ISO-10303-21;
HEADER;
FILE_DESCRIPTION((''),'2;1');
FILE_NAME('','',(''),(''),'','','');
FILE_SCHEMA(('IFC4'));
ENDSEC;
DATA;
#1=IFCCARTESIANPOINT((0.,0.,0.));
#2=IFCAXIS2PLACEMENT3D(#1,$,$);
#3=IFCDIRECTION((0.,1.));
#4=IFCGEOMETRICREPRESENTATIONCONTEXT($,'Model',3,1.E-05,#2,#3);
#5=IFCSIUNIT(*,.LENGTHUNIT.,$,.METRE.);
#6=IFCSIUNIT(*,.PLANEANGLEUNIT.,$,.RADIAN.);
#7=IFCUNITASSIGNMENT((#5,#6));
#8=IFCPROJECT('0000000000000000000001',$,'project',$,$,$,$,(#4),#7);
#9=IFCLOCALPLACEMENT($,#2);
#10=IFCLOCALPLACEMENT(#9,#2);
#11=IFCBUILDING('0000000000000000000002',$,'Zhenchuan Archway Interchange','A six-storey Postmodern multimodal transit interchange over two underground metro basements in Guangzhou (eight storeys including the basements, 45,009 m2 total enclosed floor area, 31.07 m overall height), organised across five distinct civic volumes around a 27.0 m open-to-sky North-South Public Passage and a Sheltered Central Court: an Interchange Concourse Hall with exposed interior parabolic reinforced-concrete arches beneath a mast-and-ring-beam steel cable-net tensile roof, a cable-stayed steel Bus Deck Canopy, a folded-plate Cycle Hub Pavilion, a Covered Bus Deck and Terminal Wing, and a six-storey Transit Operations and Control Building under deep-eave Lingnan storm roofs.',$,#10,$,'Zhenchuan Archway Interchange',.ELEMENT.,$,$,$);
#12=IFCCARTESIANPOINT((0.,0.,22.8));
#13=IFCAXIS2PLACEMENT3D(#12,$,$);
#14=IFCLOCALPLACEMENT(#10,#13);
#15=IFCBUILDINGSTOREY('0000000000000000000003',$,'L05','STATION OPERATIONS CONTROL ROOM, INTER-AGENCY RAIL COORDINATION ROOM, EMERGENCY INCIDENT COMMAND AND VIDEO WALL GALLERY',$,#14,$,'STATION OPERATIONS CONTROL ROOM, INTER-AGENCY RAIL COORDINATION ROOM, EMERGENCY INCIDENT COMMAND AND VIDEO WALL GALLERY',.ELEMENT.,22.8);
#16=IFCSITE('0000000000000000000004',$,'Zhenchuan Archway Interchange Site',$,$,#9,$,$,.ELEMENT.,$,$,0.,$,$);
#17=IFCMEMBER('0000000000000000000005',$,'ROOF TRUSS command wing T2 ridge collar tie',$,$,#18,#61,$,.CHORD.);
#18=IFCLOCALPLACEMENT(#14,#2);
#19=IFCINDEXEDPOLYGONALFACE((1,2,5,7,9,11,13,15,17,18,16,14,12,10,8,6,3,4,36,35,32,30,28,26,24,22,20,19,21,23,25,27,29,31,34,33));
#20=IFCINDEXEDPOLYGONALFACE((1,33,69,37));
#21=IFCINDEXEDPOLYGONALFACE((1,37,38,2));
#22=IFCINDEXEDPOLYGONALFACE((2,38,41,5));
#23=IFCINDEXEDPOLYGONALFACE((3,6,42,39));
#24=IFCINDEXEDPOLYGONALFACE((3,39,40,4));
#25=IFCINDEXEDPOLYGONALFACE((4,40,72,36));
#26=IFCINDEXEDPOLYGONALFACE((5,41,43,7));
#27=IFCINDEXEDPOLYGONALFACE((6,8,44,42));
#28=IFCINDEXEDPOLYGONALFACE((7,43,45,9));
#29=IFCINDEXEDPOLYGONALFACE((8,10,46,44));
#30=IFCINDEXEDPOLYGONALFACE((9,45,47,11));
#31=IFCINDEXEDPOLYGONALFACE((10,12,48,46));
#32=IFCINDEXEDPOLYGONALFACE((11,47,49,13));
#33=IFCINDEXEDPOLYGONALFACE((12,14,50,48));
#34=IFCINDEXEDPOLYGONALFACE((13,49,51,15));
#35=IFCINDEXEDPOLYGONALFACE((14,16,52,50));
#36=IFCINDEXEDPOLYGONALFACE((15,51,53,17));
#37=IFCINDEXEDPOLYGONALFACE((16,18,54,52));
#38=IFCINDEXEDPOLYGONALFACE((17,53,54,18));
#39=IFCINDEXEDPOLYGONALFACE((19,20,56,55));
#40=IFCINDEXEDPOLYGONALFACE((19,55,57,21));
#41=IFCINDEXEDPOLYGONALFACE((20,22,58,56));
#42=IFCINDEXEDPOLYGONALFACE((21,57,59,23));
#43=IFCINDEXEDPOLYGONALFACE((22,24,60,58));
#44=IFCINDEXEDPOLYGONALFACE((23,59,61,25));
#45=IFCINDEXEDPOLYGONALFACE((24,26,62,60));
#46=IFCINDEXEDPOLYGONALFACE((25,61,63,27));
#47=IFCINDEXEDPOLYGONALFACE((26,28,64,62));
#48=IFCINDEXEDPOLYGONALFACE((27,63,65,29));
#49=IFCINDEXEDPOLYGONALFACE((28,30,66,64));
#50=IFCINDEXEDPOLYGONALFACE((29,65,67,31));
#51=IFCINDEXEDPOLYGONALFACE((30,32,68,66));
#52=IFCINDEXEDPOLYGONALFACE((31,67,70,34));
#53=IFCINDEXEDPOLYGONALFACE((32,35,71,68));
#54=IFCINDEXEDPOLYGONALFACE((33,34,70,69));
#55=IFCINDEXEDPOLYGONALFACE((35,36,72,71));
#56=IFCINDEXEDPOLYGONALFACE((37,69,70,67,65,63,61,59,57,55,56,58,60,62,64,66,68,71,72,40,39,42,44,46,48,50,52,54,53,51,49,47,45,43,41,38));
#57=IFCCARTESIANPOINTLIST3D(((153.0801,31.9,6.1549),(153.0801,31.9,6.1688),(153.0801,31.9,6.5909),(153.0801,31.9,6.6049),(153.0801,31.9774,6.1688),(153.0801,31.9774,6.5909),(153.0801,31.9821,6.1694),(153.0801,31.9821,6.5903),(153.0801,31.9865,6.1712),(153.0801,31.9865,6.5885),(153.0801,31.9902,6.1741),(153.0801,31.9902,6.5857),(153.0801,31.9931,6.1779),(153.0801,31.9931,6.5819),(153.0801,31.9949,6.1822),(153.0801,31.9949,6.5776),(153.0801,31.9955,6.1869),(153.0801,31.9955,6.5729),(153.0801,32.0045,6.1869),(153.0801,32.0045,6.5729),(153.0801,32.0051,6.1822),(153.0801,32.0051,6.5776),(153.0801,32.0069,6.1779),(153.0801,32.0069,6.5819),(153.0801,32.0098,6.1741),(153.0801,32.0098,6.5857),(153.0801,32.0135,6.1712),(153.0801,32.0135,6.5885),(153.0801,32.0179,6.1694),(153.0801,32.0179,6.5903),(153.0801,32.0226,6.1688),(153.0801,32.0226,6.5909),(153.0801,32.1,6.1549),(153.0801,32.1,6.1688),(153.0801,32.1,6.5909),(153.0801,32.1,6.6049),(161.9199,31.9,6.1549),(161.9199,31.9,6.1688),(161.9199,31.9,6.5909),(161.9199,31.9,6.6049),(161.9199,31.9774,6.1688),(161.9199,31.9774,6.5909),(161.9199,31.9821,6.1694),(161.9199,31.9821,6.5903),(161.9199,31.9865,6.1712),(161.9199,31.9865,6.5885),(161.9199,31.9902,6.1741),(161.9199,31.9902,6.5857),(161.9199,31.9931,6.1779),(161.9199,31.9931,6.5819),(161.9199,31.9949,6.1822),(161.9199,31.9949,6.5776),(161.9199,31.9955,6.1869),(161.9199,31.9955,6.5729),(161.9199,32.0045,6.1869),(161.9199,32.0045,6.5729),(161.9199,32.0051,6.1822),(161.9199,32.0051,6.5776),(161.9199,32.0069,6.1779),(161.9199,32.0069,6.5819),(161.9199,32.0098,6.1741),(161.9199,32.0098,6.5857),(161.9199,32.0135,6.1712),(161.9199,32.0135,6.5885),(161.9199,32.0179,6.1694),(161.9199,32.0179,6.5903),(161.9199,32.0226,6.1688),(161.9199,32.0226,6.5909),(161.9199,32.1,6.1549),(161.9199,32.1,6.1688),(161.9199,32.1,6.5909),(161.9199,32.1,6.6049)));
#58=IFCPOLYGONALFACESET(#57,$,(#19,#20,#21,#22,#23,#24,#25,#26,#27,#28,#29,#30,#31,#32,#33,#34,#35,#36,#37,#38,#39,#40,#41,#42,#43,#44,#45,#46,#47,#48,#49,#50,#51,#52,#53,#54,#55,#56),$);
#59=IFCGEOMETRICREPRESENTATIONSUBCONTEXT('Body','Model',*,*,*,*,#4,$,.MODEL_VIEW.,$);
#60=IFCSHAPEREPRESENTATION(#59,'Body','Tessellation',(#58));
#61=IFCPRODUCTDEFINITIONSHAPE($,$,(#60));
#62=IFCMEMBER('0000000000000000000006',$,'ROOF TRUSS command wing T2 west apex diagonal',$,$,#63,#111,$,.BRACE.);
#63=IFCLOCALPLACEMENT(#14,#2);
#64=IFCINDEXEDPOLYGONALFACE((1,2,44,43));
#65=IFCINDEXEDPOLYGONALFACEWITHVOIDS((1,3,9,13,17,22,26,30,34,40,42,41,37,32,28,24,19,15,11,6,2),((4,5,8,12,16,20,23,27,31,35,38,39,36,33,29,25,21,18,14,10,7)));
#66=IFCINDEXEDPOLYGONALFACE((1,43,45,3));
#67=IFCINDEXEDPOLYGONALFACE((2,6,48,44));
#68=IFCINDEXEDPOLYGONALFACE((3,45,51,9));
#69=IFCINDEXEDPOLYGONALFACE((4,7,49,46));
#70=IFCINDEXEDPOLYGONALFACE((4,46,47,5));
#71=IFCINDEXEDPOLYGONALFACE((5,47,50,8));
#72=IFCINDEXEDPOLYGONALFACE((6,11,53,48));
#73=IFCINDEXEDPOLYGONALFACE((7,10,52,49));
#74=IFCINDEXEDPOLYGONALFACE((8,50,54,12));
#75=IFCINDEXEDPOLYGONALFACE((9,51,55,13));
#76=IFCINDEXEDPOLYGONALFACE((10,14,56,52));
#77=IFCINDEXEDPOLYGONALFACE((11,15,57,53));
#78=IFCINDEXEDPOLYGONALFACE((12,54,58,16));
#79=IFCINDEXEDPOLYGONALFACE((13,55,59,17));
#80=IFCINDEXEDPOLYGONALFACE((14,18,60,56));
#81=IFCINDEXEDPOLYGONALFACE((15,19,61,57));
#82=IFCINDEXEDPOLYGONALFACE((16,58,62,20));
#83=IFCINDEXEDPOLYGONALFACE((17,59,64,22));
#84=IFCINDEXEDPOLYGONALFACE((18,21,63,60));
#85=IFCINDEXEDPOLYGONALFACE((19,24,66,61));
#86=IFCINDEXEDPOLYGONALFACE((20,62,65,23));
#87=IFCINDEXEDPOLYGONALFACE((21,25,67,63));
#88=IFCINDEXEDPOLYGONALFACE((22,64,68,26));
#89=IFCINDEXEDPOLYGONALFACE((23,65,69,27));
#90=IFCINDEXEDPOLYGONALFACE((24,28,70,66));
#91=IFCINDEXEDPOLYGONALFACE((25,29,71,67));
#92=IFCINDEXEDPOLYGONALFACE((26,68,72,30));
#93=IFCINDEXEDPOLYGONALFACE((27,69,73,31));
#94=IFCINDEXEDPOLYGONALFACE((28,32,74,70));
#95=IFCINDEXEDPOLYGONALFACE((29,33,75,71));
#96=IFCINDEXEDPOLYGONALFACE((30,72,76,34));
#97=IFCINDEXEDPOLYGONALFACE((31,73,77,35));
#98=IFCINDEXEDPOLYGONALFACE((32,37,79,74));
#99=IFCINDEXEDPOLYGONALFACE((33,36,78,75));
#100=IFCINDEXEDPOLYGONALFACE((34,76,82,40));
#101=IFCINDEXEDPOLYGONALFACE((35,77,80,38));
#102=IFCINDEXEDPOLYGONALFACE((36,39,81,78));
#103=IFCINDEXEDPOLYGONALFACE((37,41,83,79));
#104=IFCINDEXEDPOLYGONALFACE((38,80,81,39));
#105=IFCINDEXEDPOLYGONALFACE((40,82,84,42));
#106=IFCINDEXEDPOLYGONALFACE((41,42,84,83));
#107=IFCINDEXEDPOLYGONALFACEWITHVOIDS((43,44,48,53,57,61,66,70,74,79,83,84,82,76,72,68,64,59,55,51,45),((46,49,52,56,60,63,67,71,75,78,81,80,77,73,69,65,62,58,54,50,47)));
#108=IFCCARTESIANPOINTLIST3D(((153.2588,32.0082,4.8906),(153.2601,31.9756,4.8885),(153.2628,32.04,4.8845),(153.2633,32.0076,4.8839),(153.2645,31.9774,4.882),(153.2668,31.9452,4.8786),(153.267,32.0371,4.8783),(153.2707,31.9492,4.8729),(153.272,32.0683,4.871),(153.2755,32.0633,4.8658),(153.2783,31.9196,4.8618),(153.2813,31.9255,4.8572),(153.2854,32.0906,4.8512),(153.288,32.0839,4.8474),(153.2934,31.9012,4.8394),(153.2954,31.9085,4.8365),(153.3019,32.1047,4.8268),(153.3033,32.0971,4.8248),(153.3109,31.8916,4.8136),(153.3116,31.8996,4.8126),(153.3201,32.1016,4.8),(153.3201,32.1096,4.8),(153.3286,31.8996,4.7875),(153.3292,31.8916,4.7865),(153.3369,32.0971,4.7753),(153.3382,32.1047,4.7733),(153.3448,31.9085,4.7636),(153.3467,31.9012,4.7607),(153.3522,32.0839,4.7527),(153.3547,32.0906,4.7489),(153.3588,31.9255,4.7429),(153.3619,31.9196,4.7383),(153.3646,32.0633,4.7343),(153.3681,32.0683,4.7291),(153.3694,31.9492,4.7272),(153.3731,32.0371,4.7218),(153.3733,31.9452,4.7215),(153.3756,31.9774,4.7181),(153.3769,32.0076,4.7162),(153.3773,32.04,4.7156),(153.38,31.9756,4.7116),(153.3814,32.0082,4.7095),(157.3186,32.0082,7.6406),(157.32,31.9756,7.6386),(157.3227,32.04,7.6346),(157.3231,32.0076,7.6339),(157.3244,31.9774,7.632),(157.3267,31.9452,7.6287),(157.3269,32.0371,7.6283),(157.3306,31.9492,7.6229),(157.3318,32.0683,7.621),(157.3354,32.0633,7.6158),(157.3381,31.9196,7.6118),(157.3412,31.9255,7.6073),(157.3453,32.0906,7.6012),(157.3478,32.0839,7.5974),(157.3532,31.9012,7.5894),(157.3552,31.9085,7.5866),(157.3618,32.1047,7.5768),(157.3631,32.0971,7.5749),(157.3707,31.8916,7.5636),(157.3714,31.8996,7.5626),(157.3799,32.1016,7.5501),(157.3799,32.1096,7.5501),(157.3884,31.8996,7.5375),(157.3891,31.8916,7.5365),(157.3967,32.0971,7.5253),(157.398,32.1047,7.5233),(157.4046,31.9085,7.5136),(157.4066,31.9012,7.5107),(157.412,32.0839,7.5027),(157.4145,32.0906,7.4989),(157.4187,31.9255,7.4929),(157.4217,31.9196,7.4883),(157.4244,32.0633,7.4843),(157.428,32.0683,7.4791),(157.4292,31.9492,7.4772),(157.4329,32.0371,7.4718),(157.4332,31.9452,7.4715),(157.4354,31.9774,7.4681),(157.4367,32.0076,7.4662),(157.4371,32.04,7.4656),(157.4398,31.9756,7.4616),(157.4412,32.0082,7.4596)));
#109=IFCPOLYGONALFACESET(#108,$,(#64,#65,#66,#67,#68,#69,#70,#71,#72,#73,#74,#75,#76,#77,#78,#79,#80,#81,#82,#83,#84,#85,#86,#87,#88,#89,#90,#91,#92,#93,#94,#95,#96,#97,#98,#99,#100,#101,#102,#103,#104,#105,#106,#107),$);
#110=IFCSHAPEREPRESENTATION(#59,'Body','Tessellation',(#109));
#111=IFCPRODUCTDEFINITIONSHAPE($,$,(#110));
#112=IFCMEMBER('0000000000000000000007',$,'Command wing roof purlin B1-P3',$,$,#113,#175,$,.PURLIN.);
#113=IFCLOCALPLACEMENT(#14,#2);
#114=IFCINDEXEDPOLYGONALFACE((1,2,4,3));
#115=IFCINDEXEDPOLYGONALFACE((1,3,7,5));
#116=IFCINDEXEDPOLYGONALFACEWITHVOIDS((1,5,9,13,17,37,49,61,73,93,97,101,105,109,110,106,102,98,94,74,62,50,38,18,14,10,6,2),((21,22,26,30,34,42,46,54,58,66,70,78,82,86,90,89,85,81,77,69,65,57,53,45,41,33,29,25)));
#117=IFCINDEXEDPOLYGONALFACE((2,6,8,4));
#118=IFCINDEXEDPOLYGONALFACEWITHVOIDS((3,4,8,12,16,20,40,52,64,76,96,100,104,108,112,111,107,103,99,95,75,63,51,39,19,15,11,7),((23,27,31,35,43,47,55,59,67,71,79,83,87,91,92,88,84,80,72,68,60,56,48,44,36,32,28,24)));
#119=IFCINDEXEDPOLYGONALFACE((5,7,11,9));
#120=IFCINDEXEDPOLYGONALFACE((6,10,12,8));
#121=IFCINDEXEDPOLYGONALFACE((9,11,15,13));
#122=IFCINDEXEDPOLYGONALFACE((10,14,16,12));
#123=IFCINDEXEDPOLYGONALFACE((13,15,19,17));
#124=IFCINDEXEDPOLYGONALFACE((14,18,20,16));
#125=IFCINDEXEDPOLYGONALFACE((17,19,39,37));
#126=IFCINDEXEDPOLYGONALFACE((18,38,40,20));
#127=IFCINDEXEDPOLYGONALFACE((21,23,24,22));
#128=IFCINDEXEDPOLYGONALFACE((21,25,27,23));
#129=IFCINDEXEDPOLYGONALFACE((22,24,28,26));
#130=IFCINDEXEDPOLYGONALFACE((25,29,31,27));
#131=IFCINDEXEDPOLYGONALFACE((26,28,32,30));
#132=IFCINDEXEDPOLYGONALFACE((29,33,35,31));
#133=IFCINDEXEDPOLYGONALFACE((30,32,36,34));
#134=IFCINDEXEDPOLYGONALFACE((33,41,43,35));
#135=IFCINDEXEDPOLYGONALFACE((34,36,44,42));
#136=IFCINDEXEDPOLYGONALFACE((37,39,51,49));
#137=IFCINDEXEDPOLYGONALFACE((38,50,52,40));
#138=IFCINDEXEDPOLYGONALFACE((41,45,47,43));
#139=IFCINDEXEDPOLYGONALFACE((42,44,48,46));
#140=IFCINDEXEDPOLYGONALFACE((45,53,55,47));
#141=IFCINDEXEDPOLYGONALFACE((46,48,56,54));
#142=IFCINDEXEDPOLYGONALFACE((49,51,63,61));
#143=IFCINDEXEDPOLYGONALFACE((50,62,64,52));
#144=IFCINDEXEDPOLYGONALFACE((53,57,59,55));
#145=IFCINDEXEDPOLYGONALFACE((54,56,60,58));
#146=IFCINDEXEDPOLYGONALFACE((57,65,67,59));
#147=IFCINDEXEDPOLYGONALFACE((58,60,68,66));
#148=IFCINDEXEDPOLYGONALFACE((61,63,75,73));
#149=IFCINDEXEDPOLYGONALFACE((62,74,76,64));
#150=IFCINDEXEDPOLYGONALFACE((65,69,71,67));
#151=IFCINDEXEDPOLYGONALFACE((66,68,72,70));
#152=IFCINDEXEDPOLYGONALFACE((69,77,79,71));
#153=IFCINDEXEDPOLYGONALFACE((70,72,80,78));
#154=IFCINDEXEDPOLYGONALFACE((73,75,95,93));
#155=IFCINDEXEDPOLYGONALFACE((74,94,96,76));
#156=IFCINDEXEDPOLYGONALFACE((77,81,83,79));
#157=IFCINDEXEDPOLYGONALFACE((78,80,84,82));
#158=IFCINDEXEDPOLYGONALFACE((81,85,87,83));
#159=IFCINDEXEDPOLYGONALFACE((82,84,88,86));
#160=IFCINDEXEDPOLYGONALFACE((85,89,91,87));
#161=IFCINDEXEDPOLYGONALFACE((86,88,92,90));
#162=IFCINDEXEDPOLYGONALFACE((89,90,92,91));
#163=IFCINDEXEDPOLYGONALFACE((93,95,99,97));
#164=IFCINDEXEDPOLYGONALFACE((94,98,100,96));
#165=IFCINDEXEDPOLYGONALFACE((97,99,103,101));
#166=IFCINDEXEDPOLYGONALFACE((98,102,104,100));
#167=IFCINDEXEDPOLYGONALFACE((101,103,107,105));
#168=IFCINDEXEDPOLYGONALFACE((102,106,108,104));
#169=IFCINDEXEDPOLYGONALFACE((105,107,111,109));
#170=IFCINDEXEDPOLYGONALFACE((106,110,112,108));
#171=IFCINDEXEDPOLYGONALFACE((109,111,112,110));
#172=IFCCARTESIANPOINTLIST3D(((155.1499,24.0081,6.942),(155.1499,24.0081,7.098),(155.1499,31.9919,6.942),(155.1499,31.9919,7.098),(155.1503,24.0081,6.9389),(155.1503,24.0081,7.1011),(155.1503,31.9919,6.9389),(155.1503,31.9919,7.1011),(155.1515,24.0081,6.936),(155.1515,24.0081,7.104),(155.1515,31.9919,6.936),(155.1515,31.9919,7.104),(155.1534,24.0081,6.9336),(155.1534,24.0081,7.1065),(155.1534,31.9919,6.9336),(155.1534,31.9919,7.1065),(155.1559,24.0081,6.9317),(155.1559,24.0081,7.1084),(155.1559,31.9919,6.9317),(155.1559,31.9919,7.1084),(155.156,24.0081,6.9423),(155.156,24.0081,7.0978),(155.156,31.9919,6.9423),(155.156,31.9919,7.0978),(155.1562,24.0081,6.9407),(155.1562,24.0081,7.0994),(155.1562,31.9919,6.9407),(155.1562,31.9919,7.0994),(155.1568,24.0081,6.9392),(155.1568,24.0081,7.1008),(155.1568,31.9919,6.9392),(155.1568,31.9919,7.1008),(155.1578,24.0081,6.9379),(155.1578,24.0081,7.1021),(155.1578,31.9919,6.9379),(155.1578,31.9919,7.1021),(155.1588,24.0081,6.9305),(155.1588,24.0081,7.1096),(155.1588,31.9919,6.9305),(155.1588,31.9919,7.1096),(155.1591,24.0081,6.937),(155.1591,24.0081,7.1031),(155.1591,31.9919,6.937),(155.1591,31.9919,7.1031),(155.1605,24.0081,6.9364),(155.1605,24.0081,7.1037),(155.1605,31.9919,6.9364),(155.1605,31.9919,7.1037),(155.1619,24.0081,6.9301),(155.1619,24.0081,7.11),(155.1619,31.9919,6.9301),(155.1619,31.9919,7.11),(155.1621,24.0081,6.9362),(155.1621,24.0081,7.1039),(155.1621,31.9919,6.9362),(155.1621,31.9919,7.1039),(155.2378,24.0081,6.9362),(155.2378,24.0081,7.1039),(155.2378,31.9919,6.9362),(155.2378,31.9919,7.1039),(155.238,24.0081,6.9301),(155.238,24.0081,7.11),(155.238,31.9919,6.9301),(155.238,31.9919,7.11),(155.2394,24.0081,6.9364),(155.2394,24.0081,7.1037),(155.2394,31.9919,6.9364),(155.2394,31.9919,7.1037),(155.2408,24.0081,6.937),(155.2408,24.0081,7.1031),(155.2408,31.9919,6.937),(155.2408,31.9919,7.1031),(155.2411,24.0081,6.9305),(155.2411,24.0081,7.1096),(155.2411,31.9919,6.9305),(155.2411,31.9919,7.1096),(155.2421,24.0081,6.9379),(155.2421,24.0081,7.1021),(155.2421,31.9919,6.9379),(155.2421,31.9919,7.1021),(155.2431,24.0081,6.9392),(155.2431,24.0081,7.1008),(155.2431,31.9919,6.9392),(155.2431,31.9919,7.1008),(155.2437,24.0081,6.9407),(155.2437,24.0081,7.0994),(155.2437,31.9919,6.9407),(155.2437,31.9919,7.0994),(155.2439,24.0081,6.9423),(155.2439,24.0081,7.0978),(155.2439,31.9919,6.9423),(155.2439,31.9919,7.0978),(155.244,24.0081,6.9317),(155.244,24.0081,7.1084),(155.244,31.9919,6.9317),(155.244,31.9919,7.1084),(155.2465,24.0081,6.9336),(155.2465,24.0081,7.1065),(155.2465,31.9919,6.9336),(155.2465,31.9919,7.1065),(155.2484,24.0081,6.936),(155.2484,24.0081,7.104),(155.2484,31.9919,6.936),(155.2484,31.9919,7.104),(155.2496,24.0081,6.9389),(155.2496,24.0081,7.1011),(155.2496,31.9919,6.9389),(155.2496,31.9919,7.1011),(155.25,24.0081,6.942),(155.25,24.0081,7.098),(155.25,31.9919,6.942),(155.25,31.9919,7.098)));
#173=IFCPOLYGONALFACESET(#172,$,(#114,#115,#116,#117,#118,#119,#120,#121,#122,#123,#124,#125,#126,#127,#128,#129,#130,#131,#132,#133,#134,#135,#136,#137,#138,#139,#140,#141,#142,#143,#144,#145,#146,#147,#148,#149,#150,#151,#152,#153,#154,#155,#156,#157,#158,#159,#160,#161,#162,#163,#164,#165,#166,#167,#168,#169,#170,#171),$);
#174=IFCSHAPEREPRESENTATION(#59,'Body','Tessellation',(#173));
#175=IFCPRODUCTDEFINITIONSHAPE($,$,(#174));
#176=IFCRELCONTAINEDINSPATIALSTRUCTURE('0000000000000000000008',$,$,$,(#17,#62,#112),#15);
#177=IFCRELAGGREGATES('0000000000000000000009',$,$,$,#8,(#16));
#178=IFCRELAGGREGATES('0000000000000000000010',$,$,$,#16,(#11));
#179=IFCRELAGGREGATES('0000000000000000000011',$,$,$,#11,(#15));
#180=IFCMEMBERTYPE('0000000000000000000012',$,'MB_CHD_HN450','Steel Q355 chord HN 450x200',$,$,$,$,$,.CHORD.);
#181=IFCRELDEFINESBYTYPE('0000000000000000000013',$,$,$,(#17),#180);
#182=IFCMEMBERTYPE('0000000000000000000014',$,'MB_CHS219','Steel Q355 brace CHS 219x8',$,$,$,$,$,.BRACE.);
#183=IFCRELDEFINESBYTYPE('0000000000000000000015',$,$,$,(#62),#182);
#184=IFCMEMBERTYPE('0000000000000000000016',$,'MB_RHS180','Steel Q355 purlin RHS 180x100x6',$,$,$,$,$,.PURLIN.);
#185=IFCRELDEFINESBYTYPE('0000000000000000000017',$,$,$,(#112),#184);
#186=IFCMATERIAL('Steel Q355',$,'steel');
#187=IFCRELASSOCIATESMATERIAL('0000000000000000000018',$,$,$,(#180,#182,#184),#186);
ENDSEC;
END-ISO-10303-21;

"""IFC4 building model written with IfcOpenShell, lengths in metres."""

from ifc_helpers import new_model, si_unit, direction, frame, origin, origin_2d, place, context, subcontext, project, spatial, hollow_rectangle, hollow_circle, i_section, extrude, material, material_profile, profile_set, type_object, element, save


model = new_model("IFC4")

# Units and contexts
model_context = context("Model", 3, precision=1e-05, world=origin(), true_north=direction((0.0, 1.0)))
body_context = subcontext(model_context, "Body", "Model", "MODEL_VIEW")
ifc_project = project(units=[si_unit("LENGTHUNIT", "METRE"), si_unit("PLANEANGLEUNIT", "RADIAN")], contexts=[model_context])

# Site, building, storey
site_placement = place(None, origin())
site = spatial("IfcSite", under=ifc_project, at=site_placement, Name="Zhenchuan Archway Interchange Site", CompositionType="ELEMENT", RefElevation=0.0)
building_placement = place(site_placement, origin())
building = spatial("IfcBuilding", under=site, at=building_placement, Name="Zhenchuan Archway Interchange", Description="A six-storey Postmodern multimodal transit interchange over two underground metro basements in Guangzhou (eight storeys including the basements, 45,009 m2 total enclosed floor area, 31.07 m overall height), organised across five distinct civic volumes around a 27.0 m open-to-sky North-South Public Passage and a Sheltered Central Court: an Interchange Concourse Hall with exposed interior parabolic reinforced-concrete arches beneath a mast-and-ring-beam steel cable-net tensile roof, a cable-stayed steel Bus Deck Canopy, a folded-plate Cycle Hub Pavilion, a Covered Bus Deck and Terminal Wing, and a six-storey Transit Operations and Control Building under deep-eave Lingnan storm roofs.", LongName="Zhenchuan Archway Interchange", CompositionType="ELEMENT")
storey_placement = place(building_placement, frame((0.0, 0.0, 22.8)))
storey = spatial("IfcBuildingStorey", under=building, at=storey_placement, Name="L05", Description="STATION OPERATIONS CONTROL ROOM, INTER-AGENCY RAIL COORDINATION ROOM, EMERGENCY INCIDENT COMMAND AND VIDEO WALL GALLERY", LongName="STATION OPERATIONS CONTROL ROOM, INTER-AGENCY RAIL COORDINATION ROOM, EMERGENCY INCIDENT COMMAND AND VIDEO WALL GALLERY", CompositionType="ELEMENT", Elevation=22.8)

# Shared definitions
ifc_material_1 = material(Name="Steel Q355", Category="steel")

# Members
ifc_material_profile_1 = material_profile(ifc_material_1, i_section(OverallWidth=0.2, OverallDepth=0.45, WebThickness=0.009, FlangeThickness=0.0139, FilletRadius=0.0181, at=origin_2d()), Name="HN 450x200")
ifc_profile_set_1 = profile_set([ifc_material_profile_1], Name="Steel Q355")
member_type_1 = type_object("IfcMemberType", Name="MB_CHD_HN450", Description="Steel Q355 chord HN 450x200", PredefinedType="CHORD", material=ifc_profile_set_1)
member_1_placement = place(storey_placement, frame((153.0801, 32.0, 6.3799), z_axis=(1.0, 0.0, 0.0), x_axis=(0.0, 1.0, 0.0)))
element("IfcMember", 1, at=member_1_placement, inside=storey, type_object=member_type_1, Name="ROOF TRUSS command wing T2 ridge collar tie", PredefinedType="CHORD", context=body_context, shape_type="SweptSolid", body=[
    extrude(i_section(OverallWidth=0.2, OverallDepth=0.45, WebThickness=0.009, FlangeThickness=0.0139, FilletRadius=0.0181, at=origin_2d()), origin(), (0.0, 0.0, 1.0), 8.8398),
])
ifc_material_profile_2 = material_profile(ifc_material_1, hollow_circle(Radius=0.1096, WallThickness=0.0081, at=origin_2d()), Name="CHS 219x8")
ifc_profile_set_2 = profile_set([ifc_material_profile_2], Name="Steel Q355")
member_type_2 = type_object("IfcMemberType", Name="MB_CHS219", Description="Steel Q355 brace CHS 219x8", PredefinedType="BRACE", material=ifc_profile_set_2)
member_2_placement = place(storey_placement, frame((153.3201, 32.0, 4.8), z_axis=(0.827937, 0.0, 0.560821), x_axis=(0.0, 1.0, 0.0)))
element("IfcMember", 2, at=member_2_placement, inside=storey, type_object=member_type_2, Name="ROOF TRUSS command wing T2 west apex diagonal", PredefinedType="BRACE", context=body_context, shape_type="SweptSolid", body=[
    extrude(hollow_circle(Radius=0.1096, WallThickness=0.0081, at=origin_2d()), origin(), (0.0, 0.0, 1.0), 4.9036),
])
ifc_material_profile_3 = material_profile(ifc_material_1, hollow_rectangle(XDim=0.1001, YDim=0.1799, WallThickness=0.0061, InnerFilletRadius=0.0061, OuterFilletRadius=0.012, at=origin_2d()), Name="RHS 180x100x6")
ifc_profile_set_3 = profile_set([ifc_material_profile_3], Name="Steel Q355")
member_type_3 = type_object("IfcMemberType", Name="MB_RHS180", Description="Steel Q355 purlin RHS 180x100x6", PredefinedType="PURLIN", material=ifc_profile_set_3)
member_3_placement = place(storey_placement, frame((155.2, 24.0081, 7.02), z_axis=(0.0, 1.0, 0.0), x_axis=(-1.0, 0.0, 0.0)))
element("IfcMember", 3, at=member_3_placement, inside=storey, type_object=member_type_3, Name="Command wing roof purlin B1-P3", PredefinedType="PURLIN", context=body_context, shape_type="SweptSolid", body=[
    extrude(hollow_rectangle(XDim=0.1001, YDim=0.1799, WallThickness=0.0061, InnerFilletRadius=0.0061, OuterFilletRadius=0.012, at=origin_2d()), origin(), (0.0, 0.0, 1.0), 7.9839),
])

save(model, "model.ifc")
